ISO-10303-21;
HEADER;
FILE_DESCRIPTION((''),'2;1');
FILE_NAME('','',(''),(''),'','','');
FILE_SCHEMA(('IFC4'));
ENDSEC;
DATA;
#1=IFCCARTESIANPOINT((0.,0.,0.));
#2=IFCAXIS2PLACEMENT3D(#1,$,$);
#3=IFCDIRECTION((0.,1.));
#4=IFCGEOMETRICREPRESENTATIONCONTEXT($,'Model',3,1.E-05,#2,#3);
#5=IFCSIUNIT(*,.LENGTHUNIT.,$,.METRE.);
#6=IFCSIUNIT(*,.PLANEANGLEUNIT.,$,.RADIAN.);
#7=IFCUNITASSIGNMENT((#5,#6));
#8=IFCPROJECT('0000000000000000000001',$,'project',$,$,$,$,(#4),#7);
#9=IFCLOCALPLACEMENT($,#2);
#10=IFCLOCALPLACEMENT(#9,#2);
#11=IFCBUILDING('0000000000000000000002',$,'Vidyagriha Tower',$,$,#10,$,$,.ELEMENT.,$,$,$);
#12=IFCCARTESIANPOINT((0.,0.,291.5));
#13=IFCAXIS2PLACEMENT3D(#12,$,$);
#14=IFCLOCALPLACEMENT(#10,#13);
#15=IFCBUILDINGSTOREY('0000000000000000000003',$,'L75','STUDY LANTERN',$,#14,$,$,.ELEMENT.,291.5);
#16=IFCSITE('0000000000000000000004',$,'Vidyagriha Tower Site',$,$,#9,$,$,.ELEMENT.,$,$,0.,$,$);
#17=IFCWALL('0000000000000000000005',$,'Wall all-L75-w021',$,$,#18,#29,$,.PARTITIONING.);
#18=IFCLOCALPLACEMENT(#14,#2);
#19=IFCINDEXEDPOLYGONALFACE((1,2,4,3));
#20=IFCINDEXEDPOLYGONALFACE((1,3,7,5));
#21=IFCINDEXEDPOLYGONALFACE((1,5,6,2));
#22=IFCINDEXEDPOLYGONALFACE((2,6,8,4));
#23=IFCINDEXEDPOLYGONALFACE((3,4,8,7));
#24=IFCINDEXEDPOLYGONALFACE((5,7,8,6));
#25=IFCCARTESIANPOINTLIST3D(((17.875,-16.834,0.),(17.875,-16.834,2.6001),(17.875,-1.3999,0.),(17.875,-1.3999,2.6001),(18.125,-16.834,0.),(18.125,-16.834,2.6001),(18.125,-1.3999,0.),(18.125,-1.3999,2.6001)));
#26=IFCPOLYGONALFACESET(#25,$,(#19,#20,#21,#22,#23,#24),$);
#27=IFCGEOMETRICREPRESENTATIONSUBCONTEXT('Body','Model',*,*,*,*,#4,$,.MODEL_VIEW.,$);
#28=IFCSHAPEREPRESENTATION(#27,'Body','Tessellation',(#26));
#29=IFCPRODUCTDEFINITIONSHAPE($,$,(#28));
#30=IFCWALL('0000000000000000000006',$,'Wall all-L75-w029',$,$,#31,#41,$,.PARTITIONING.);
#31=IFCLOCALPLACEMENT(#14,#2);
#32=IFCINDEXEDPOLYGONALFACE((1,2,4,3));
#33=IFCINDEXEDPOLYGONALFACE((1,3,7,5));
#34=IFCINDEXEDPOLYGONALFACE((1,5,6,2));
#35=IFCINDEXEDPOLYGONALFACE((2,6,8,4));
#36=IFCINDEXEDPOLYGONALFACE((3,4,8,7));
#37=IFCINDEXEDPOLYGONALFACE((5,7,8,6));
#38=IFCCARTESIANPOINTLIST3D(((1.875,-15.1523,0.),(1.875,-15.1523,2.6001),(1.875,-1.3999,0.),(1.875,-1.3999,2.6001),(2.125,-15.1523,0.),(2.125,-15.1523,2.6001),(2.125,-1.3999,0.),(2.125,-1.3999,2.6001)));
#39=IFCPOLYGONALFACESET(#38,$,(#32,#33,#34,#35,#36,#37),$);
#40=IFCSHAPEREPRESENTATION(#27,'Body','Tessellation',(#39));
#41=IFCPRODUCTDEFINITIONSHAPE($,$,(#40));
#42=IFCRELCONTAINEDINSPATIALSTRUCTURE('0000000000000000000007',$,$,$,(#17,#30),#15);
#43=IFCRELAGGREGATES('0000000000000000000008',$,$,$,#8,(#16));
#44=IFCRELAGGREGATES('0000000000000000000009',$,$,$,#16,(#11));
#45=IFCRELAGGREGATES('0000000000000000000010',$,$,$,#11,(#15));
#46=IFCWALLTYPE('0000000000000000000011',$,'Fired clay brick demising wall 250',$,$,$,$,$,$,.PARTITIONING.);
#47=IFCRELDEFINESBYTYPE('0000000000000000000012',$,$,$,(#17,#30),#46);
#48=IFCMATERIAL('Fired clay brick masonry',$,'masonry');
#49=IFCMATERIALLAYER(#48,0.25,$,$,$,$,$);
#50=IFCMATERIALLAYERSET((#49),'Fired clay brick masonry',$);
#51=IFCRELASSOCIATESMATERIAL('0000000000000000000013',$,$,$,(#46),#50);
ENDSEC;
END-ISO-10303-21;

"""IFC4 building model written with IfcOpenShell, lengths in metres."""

from ifc_helpers import new_model, si_unit, direction, frame, frame_2d, origin, place, context, subcontext, project, spatial, rectangle, extrude, material, layer, layer_set, type_object, element, save


model = new_model("IFC4")

# Units and contexts
model_context = context("Model", 3, precision=1e-05, world=origin(), true_north=direction((0.0, 1.0)))
body_context = subcontext(model_context, "Body", "Model", "MODEL_VIEW")
ifc_project = project(units=[si_unit("LENGTHUNIT", "METRE"), si_unit("PLANEANGLEUNIT", "RADIAN")], contexts=[model_context])

# Site, building, storey
site_placement = place(None, origin())
site = spatial("IfcSite", under=ifc_project, at=site_placement, Name="Vidyagriha Tower Site", CompositionType="ELEMENT", RefElevation=0.0)
building_placement = place(site_placement, origin())
building = spatial("IfcBuilding", under=site, at=building_placement, Name="Vidyagriha Tower", CompositionType="ELEMENT")
storey_placement = place(building_placement, frame((0.0, 0.0, 291.5)))
storey = spatial("IfcBuildingStorey", under=building, at=storey_placement, Name="L75", Description="STUDY LANTERN", CompositionType="ELEMENT", Elevation=291.5)

# Walls
ifc_material_1 = material(Name="Fired clay brick masonry", Category="masonry")
ifc_layer_1 = layer(ifc_material_1, 0.25)
ifc_layer_set_1 = layer_set([ifc_layer_1], Name="Fired clay brick masonry")
wall_type_1 = type_object("IfcWallType", Name="Fired clay brick demising wall 250", PredefinedType="PARTITIONING", material=ifc_layer_set_1)
wall_1_placement = place(storey_placement, frame((18.0, -1.3999, 0.0), z_axis=(0.0, 0.0, 1.0), x_axis=(0.0, -1.0, 0.0)))
element("IfcWall", 1, at=wall_1_placement, inside=storey, type_object=wall_type_1, Name="Wall all-L75-w021", PredefinedType="PARTITIONING", context=body_context, shape_type="SweptSolid", body=[
    extrude(rectangle(XDim=15.4341, YDim=0.25, at=frame_2d((7.717, 0.0))), origin(), (0.0, 0.0, 1.0), 2.6001),
])
wall_2_placement = place(storey_placement, frame((2.0, -1.3999, 0.0), z_axis=(0.0, 0.0, 1.0), x_axis=(0.0, -1.0, 0.0)))
element("IfcWall", 2, at=wall_2_placement, inside=storey, type_object=wall_type_1, Name="Wall all-L75-w029", PredefinedType="PARTITIONING", context=body_context, shape_type="SweptSolid", body=[
    extrude(rectangle(XDim=13.7524, YDim=0.25, at=frame_2d((6.8762, 0.0))), origin(), (0.0, 0.0, 1.0), 2.6001),
])

save(model, "model.ifc")
